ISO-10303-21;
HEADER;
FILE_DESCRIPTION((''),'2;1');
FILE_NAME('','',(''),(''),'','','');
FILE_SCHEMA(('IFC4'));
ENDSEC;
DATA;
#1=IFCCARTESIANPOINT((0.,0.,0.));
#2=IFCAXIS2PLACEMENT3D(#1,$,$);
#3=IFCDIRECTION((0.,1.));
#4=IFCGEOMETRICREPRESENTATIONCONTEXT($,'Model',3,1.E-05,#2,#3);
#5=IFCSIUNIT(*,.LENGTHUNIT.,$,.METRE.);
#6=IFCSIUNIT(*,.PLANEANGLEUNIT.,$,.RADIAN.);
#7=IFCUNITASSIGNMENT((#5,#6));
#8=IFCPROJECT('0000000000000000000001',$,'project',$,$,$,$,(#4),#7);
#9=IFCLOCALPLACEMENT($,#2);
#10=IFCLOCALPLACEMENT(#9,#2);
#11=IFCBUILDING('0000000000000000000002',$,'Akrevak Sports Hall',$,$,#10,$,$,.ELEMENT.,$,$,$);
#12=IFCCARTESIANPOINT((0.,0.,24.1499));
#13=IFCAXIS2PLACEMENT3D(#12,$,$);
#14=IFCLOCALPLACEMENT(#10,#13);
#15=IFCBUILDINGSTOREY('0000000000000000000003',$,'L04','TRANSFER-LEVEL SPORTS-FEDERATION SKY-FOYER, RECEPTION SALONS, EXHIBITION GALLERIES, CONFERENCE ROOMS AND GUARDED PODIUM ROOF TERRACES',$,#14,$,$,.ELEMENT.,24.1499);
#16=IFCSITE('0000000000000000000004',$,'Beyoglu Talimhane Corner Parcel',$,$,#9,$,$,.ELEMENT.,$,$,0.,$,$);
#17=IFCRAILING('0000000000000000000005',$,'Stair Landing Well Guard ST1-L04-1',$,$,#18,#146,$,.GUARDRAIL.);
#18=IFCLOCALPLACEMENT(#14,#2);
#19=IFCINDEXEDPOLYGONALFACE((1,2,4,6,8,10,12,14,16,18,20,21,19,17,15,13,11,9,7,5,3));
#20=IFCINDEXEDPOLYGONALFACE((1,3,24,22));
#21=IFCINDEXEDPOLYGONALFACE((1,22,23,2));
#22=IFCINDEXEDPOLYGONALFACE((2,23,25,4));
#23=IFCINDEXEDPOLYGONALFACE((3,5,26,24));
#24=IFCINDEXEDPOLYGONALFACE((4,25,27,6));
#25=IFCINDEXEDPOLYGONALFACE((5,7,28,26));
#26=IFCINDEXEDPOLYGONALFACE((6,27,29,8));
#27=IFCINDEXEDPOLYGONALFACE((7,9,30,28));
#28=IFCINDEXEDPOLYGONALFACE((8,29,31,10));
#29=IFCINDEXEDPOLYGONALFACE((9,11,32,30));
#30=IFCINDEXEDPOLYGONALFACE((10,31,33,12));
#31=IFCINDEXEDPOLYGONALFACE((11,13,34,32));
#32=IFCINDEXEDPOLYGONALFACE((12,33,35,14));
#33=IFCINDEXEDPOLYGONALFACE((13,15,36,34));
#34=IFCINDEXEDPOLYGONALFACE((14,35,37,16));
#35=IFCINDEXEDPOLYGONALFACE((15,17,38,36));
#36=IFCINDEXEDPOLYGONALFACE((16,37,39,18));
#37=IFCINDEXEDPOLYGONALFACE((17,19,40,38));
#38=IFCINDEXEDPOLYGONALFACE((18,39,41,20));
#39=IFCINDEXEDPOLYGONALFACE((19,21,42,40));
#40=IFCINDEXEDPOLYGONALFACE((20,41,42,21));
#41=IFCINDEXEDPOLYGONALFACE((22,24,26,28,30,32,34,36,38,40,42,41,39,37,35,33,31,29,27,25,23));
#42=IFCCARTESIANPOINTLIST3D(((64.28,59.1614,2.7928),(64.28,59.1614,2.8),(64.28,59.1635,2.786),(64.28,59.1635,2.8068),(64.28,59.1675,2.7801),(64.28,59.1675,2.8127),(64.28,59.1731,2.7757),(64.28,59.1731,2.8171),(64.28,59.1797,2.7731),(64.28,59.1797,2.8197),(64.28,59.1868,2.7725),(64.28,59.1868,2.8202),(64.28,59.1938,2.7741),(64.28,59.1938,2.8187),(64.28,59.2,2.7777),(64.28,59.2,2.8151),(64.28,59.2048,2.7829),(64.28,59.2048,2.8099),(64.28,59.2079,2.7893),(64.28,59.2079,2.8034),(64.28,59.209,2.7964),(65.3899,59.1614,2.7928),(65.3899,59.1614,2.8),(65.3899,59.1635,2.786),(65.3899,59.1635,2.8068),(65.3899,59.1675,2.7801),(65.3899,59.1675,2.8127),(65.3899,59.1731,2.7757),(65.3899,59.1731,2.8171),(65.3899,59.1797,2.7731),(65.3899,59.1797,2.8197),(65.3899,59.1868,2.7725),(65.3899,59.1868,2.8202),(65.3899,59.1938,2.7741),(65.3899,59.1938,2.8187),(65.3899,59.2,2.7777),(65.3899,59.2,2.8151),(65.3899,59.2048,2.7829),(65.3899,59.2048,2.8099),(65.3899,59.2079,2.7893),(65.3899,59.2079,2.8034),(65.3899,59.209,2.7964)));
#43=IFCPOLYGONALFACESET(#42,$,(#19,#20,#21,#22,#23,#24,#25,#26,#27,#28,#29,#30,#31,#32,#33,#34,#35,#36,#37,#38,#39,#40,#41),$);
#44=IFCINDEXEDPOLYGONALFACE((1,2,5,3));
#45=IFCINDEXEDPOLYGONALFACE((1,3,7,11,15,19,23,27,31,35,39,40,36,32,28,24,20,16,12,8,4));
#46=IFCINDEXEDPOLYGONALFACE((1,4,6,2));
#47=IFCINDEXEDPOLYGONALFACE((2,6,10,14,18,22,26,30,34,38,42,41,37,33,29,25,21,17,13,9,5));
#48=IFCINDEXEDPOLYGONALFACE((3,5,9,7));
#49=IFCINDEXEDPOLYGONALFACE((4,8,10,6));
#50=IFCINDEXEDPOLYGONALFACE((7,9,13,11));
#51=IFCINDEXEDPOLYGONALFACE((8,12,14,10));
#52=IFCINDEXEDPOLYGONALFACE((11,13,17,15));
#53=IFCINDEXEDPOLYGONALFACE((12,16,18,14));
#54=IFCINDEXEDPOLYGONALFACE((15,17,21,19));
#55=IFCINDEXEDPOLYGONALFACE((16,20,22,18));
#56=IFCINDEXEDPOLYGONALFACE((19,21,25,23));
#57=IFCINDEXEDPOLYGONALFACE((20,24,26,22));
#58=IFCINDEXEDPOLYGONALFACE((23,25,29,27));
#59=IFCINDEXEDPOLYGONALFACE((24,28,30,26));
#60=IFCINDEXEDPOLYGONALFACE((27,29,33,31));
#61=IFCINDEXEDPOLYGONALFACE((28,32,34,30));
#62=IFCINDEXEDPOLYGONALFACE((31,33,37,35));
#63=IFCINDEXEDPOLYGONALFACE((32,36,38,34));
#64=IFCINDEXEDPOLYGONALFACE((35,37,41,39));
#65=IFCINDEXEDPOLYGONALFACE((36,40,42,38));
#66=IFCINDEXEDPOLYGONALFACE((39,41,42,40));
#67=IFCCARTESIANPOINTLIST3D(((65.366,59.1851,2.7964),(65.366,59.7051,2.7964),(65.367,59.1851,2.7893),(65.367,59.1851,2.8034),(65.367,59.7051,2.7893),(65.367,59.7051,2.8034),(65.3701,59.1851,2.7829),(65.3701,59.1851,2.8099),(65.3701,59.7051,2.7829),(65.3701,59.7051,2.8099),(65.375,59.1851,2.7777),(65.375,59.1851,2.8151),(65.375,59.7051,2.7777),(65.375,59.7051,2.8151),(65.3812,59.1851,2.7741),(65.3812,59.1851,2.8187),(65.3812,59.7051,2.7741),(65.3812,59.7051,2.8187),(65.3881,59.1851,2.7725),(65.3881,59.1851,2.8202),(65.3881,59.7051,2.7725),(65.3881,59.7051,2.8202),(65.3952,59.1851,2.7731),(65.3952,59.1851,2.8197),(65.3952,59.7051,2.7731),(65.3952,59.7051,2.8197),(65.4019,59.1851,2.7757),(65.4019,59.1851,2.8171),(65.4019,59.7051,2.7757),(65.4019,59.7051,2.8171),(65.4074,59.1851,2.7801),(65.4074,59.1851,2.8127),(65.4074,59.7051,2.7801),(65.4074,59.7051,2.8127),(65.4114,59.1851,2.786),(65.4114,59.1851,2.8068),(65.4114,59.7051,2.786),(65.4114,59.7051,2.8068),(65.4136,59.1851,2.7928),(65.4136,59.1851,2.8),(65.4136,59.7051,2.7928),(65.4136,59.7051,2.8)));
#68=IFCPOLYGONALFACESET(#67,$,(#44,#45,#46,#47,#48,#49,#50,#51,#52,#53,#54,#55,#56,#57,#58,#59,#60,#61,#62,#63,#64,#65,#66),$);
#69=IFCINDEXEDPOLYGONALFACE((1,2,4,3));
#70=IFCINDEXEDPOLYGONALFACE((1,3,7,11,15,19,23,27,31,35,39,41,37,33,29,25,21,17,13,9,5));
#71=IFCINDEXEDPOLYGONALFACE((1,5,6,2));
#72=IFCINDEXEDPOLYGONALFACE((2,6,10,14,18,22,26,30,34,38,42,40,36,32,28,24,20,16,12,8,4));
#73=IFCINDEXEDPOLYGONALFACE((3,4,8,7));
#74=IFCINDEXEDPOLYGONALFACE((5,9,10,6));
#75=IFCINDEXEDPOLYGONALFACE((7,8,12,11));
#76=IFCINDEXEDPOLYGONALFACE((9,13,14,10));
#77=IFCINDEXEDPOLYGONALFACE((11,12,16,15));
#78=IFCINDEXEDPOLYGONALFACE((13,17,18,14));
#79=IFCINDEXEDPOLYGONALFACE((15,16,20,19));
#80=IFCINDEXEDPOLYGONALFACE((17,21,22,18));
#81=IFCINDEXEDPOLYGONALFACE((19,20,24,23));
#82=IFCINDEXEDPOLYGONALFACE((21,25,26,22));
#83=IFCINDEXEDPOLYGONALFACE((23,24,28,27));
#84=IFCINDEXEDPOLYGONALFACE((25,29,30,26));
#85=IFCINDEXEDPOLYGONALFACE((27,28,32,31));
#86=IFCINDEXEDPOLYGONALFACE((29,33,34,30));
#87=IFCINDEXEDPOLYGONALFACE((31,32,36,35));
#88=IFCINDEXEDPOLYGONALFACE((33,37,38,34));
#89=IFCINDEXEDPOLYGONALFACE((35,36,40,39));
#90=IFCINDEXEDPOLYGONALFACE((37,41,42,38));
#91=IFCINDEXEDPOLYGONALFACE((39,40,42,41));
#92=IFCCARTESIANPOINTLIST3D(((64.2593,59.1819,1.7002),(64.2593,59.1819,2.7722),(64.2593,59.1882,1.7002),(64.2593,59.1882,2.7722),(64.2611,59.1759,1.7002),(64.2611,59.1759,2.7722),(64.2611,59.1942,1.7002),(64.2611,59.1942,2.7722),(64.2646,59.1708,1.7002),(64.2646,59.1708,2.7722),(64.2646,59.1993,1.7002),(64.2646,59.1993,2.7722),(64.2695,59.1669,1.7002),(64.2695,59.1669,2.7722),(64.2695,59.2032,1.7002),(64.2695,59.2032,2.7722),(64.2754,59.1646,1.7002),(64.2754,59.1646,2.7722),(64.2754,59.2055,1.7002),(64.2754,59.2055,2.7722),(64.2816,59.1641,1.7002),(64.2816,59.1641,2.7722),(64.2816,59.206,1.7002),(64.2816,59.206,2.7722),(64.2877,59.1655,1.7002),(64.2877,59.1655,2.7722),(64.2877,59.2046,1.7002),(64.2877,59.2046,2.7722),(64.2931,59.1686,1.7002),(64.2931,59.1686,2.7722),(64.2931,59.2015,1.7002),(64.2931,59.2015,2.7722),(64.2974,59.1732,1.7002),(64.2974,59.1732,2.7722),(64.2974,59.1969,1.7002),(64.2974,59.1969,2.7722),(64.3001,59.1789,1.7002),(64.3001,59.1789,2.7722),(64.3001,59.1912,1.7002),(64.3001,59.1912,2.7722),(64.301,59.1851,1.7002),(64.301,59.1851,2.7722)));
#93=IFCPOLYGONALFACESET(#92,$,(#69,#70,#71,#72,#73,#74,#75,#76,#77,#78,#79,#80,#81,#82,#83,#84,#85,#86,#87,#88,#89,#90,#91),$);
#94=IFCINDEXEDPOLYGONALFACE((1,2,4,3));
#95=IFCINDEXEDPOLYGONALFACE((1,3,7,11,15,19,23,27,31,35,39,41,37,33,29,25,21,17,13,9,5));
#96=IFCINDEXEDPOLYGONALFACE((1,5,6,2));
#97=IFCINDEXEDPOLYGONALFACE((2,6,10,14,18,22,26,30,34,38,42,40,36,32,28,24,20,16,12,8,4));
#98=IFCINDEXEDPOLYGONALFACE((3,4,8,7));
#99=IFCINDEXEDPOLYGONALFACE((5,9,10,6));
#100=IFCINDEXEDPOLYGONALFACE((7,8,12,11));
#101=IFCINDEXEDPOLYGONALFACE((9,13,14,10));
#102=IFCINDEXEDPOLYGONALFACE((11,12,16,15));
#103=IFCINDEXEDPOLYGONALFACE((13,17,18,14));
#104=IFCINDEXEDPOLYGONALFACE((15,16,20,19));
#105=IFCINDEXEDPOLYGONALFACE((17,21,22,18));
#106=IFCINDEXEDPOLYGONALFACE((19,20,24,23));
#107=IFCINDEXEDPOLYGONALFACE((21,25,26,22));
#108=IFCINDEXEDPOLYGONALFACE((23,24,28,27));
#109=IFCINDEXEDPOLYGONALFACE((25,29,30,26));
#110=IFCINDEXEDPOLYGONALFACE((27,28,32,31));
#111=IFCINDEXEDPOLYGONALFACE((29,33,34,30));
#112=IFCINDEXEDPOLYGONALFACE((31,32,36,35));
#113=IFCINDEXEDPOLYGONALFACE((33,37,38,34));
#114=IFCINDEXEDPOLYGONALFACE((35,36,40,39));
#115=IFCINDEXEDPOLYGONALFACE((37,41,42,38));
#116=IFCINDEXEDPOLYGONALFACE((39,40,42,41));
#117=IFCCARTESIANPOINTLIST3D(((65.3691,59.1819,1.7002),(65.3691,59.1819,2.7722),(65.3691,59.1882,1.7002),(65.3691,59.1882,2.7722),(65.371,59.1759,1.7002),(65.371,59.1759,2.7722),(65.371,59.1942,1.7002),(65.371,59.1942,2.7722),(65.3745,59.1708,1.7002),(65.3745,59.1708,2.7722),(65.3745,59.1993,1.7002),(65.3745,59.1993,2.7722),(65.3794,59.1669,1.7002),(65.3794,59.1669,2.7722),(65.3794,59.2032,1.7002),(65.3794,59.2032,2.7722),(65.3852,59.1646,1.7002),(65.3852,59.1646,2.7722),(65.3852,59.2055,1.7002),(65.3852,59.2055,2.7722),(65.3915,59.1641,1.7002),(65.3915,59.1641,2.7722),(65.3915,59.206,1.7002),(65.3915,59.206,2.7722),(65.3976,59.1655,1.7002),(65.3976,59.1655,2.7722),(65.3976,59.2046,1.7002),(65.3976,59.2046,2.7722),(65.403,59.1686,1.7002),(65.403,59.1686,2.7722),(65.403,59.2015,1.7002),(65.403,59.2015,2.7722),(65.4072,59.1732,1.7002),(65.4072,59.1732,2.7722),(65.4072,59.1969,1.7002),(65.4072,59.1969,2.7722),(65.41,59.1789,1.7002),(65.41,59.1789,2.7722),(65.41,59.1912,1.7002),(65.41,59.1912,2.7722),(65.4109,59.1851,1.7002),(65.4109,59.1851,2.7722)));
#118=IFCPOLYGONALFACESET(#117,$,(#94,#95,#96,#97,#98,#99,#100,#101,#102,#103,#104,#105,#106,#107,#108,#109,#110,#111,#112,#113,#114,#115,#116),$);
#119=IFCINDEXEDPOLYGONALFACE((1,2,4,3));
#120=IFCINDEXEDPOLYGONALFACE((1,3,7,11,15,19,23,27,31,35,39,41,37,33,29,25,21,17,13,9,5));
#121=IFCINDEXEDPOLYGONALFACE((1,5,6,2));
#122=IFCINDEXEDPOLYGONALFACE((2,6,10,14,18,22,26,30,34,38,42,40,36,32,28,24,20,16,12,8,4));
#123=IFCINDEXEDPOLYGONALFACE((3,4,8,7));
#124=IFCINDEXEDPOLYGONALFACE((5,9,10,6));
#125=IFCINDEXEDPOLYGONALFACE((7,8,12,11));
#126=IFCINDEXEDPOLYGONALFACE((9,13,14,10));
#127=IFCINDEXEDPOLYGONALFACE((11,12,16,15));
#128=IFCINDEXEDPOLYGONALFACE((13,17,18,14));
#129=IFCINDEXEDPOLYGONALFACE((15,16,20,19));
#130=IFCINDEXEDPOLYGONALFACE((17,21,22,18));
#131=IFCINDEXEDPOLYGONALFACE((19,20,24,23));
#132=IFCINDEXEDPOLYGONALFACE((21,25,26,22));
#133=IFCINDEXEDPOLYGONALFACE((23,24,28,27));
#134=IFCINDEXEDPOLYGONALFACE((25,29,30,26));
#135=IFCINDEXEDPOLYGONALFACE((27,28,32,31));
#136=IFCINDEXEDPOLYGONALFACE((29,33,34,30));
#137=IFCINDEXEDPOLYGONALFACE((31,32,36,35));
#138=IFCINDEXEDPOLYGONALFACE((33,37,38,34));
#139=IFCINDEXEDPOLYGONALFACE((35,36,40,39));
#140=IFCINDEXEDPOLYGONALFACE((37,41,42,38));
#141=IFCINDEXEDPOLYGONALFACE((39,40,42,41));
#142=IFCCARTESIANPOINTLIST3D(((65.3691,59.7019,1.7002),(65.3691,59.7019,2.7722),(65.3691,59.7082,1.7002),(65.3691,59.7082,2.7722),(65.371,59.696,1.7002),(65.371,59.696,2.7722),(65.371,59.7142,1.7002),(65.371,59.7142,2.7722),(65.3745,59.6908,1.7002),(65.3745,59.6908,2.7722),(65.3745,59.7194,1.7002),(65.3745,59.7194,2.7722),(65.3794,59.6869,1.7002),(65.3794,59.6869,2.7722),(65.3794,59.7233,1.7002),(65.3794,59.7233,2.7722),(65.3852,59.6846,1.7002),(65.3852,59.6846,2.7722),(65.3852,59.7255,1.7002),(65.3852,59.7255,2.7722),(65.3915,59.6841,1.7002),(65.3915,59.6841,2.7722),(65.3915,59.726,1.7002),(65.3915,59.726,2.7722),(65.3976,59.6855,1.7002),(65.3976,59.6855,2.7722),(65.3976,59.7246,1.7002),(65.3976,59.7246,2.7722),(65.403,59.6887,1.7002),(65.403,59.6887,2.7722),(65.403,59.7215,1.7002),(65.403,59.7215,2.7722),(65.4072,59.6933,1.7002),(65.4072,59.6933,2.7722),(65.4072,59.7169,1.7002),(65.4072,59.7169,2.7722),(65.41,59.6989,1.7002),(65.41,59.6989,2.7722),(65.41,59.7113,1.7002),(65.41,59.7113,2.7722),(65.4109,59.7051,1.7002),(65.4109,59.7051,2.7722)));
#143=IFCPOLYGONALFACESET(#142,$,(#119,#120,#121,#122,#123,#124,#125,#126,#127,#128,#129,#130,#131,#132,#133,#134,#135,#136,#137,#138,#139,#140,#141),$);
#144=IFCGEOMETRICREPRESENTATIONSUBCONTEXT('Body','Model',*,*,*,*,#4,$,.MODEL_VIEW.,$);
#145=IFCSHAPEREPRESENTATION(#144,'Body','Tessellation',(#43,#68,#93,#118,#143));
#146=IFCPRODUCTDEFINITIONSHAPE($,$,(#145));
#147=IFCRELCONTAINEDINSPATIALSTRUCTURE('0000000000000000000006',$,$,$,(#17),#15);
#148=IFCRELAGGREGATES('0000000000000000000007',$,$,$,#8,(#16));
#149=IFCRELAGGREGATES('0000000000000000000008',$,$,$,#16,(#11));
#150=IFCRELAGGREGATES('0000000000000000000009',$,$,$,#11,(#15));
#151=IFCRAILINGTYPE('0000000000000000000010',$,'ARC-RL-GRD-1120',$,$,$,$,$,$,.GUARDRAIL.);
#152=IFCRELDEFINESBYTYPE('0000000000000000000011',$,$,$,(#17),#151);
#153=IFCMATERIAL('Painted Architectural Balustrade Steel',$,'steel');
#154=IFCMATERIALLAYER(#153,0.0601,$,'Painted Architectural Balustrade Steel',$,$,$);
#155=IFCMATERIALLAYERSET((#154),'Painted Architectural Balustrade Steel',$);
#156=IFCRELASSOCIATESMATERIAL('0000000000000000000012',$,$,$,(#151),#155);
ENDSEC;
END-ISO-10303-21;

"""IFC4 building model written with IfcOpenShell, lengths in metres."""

from ifc_helpers import new_model, si_unit, direction, frame, origin, origin_2d, place, context, subcontext, project, spatial, circle, extrude, material, layer, layer_set, type_object, element, save


model = new_model("IFC4")

# Units and contexts
model_context = context("Model", 3, precision=1e-05, world=origin(), true_north=direction((0.0, 1.0)))
body_context = subcontext(model_context, "Body", "Model", "MODEL_VIEW")
ifc_project = project(units=[si_unit("LENGTHUNIT", "METRE"), si_unit("PLANEANGLEUNIT", "RADIAN")], contexts=[model_context])

# Site, building, storey
site_placement = place(None, origin())
site = spatial("IfcSite", under=ifc_project, at=site_placement, Name="Beyoglu Talimhane Corner Parcel", CompositionType="ELEMENT", RefElevation=0.0)
building_placement = place(site_placement, origin())
building = spatial("IfcBuilding", under=site, at=building_placement, Name="Akrevak Sports Hall", CompositionType="ELEMENT")
storey_placement = place(building_placement, frame((0.0, 0.0, 24.1499)))
storey = spatial("IfcBuildingStorey", under=building, at=storey_placement, Name="L04", Description="TRANSFER-LEVEL SPORTS-FEDERATION SKY-FOYER, RECEPTION SALONS, EXHIBITION GALLERIES, CONFERENCE ROOMS AND GUARDED PODIUM ROOF TERRACES", CompositionType="ELEMENT", Elevation=24.1499)

# Railing
ifc_material_1 = material(Name="Painted Architectural Balustrade Steel", Category="steel")
ifc_layer_1 = layer(ifc_material_1, 0.0601, Name="Painted Architectural Balustrade Steel")
ifc_layer_set_1 = layer_set([ifc_layer_1], Name="Painted Architectural Balustrade Steel")
railing_type = type_object("IfcRailingType", Name="ARC-RL-GRD-1120", PredefinedType="GUARDRAIL", material=ifc_layer_set_1)
railing_placement = place(storey_placement, frame((64.28, 59.1851, 1.7002)))
element("IfcRailing", 1, at=railing_placement, inside=storey, type_object=railing_type, Name="Stair Landing Well Guard ST1-L04-1", PredefinedType="GUARDRAIL", context=body_context, shape_type="SweptSolid", body=[
    extrude(circle(Radius=0.0239, at=origin_2d()), frame((0.0, 0.0, 1.0962), z_axis=(1.0, 0.0, 0.0), x_axis=(0.0, 1.0, 0.0)), (0.0, 0.0, 1.0), 1.1099),
    extrude(circle(Radius=0.0239, at=origin_2d()), frame((1.1099, 0.0, 1.0962), z_axis=(0.0, 1.0, 0.0), x_axis=(-1.0, 0.0, 0.0)), (0.0, 0.0, 1.0), 0.52),
    extrude(circle(Radius=0.021, at=origin_2d()), origin(), (0.0, 0.0, 1.0), 1.072),
    extrude(circle(Radius=0.021, at=origin_2d()), frame((1.1099, 0.0, 0.0)), (0.0, 0.0, 1.0), 1.072),
    extrude(circle(Radius=0.021, at=origin_2d()), frame((1.1099, 0.52, 0.0)), (0.0, 0.0, 1.0), 1.072),
])

save(model, "model.ifc")
